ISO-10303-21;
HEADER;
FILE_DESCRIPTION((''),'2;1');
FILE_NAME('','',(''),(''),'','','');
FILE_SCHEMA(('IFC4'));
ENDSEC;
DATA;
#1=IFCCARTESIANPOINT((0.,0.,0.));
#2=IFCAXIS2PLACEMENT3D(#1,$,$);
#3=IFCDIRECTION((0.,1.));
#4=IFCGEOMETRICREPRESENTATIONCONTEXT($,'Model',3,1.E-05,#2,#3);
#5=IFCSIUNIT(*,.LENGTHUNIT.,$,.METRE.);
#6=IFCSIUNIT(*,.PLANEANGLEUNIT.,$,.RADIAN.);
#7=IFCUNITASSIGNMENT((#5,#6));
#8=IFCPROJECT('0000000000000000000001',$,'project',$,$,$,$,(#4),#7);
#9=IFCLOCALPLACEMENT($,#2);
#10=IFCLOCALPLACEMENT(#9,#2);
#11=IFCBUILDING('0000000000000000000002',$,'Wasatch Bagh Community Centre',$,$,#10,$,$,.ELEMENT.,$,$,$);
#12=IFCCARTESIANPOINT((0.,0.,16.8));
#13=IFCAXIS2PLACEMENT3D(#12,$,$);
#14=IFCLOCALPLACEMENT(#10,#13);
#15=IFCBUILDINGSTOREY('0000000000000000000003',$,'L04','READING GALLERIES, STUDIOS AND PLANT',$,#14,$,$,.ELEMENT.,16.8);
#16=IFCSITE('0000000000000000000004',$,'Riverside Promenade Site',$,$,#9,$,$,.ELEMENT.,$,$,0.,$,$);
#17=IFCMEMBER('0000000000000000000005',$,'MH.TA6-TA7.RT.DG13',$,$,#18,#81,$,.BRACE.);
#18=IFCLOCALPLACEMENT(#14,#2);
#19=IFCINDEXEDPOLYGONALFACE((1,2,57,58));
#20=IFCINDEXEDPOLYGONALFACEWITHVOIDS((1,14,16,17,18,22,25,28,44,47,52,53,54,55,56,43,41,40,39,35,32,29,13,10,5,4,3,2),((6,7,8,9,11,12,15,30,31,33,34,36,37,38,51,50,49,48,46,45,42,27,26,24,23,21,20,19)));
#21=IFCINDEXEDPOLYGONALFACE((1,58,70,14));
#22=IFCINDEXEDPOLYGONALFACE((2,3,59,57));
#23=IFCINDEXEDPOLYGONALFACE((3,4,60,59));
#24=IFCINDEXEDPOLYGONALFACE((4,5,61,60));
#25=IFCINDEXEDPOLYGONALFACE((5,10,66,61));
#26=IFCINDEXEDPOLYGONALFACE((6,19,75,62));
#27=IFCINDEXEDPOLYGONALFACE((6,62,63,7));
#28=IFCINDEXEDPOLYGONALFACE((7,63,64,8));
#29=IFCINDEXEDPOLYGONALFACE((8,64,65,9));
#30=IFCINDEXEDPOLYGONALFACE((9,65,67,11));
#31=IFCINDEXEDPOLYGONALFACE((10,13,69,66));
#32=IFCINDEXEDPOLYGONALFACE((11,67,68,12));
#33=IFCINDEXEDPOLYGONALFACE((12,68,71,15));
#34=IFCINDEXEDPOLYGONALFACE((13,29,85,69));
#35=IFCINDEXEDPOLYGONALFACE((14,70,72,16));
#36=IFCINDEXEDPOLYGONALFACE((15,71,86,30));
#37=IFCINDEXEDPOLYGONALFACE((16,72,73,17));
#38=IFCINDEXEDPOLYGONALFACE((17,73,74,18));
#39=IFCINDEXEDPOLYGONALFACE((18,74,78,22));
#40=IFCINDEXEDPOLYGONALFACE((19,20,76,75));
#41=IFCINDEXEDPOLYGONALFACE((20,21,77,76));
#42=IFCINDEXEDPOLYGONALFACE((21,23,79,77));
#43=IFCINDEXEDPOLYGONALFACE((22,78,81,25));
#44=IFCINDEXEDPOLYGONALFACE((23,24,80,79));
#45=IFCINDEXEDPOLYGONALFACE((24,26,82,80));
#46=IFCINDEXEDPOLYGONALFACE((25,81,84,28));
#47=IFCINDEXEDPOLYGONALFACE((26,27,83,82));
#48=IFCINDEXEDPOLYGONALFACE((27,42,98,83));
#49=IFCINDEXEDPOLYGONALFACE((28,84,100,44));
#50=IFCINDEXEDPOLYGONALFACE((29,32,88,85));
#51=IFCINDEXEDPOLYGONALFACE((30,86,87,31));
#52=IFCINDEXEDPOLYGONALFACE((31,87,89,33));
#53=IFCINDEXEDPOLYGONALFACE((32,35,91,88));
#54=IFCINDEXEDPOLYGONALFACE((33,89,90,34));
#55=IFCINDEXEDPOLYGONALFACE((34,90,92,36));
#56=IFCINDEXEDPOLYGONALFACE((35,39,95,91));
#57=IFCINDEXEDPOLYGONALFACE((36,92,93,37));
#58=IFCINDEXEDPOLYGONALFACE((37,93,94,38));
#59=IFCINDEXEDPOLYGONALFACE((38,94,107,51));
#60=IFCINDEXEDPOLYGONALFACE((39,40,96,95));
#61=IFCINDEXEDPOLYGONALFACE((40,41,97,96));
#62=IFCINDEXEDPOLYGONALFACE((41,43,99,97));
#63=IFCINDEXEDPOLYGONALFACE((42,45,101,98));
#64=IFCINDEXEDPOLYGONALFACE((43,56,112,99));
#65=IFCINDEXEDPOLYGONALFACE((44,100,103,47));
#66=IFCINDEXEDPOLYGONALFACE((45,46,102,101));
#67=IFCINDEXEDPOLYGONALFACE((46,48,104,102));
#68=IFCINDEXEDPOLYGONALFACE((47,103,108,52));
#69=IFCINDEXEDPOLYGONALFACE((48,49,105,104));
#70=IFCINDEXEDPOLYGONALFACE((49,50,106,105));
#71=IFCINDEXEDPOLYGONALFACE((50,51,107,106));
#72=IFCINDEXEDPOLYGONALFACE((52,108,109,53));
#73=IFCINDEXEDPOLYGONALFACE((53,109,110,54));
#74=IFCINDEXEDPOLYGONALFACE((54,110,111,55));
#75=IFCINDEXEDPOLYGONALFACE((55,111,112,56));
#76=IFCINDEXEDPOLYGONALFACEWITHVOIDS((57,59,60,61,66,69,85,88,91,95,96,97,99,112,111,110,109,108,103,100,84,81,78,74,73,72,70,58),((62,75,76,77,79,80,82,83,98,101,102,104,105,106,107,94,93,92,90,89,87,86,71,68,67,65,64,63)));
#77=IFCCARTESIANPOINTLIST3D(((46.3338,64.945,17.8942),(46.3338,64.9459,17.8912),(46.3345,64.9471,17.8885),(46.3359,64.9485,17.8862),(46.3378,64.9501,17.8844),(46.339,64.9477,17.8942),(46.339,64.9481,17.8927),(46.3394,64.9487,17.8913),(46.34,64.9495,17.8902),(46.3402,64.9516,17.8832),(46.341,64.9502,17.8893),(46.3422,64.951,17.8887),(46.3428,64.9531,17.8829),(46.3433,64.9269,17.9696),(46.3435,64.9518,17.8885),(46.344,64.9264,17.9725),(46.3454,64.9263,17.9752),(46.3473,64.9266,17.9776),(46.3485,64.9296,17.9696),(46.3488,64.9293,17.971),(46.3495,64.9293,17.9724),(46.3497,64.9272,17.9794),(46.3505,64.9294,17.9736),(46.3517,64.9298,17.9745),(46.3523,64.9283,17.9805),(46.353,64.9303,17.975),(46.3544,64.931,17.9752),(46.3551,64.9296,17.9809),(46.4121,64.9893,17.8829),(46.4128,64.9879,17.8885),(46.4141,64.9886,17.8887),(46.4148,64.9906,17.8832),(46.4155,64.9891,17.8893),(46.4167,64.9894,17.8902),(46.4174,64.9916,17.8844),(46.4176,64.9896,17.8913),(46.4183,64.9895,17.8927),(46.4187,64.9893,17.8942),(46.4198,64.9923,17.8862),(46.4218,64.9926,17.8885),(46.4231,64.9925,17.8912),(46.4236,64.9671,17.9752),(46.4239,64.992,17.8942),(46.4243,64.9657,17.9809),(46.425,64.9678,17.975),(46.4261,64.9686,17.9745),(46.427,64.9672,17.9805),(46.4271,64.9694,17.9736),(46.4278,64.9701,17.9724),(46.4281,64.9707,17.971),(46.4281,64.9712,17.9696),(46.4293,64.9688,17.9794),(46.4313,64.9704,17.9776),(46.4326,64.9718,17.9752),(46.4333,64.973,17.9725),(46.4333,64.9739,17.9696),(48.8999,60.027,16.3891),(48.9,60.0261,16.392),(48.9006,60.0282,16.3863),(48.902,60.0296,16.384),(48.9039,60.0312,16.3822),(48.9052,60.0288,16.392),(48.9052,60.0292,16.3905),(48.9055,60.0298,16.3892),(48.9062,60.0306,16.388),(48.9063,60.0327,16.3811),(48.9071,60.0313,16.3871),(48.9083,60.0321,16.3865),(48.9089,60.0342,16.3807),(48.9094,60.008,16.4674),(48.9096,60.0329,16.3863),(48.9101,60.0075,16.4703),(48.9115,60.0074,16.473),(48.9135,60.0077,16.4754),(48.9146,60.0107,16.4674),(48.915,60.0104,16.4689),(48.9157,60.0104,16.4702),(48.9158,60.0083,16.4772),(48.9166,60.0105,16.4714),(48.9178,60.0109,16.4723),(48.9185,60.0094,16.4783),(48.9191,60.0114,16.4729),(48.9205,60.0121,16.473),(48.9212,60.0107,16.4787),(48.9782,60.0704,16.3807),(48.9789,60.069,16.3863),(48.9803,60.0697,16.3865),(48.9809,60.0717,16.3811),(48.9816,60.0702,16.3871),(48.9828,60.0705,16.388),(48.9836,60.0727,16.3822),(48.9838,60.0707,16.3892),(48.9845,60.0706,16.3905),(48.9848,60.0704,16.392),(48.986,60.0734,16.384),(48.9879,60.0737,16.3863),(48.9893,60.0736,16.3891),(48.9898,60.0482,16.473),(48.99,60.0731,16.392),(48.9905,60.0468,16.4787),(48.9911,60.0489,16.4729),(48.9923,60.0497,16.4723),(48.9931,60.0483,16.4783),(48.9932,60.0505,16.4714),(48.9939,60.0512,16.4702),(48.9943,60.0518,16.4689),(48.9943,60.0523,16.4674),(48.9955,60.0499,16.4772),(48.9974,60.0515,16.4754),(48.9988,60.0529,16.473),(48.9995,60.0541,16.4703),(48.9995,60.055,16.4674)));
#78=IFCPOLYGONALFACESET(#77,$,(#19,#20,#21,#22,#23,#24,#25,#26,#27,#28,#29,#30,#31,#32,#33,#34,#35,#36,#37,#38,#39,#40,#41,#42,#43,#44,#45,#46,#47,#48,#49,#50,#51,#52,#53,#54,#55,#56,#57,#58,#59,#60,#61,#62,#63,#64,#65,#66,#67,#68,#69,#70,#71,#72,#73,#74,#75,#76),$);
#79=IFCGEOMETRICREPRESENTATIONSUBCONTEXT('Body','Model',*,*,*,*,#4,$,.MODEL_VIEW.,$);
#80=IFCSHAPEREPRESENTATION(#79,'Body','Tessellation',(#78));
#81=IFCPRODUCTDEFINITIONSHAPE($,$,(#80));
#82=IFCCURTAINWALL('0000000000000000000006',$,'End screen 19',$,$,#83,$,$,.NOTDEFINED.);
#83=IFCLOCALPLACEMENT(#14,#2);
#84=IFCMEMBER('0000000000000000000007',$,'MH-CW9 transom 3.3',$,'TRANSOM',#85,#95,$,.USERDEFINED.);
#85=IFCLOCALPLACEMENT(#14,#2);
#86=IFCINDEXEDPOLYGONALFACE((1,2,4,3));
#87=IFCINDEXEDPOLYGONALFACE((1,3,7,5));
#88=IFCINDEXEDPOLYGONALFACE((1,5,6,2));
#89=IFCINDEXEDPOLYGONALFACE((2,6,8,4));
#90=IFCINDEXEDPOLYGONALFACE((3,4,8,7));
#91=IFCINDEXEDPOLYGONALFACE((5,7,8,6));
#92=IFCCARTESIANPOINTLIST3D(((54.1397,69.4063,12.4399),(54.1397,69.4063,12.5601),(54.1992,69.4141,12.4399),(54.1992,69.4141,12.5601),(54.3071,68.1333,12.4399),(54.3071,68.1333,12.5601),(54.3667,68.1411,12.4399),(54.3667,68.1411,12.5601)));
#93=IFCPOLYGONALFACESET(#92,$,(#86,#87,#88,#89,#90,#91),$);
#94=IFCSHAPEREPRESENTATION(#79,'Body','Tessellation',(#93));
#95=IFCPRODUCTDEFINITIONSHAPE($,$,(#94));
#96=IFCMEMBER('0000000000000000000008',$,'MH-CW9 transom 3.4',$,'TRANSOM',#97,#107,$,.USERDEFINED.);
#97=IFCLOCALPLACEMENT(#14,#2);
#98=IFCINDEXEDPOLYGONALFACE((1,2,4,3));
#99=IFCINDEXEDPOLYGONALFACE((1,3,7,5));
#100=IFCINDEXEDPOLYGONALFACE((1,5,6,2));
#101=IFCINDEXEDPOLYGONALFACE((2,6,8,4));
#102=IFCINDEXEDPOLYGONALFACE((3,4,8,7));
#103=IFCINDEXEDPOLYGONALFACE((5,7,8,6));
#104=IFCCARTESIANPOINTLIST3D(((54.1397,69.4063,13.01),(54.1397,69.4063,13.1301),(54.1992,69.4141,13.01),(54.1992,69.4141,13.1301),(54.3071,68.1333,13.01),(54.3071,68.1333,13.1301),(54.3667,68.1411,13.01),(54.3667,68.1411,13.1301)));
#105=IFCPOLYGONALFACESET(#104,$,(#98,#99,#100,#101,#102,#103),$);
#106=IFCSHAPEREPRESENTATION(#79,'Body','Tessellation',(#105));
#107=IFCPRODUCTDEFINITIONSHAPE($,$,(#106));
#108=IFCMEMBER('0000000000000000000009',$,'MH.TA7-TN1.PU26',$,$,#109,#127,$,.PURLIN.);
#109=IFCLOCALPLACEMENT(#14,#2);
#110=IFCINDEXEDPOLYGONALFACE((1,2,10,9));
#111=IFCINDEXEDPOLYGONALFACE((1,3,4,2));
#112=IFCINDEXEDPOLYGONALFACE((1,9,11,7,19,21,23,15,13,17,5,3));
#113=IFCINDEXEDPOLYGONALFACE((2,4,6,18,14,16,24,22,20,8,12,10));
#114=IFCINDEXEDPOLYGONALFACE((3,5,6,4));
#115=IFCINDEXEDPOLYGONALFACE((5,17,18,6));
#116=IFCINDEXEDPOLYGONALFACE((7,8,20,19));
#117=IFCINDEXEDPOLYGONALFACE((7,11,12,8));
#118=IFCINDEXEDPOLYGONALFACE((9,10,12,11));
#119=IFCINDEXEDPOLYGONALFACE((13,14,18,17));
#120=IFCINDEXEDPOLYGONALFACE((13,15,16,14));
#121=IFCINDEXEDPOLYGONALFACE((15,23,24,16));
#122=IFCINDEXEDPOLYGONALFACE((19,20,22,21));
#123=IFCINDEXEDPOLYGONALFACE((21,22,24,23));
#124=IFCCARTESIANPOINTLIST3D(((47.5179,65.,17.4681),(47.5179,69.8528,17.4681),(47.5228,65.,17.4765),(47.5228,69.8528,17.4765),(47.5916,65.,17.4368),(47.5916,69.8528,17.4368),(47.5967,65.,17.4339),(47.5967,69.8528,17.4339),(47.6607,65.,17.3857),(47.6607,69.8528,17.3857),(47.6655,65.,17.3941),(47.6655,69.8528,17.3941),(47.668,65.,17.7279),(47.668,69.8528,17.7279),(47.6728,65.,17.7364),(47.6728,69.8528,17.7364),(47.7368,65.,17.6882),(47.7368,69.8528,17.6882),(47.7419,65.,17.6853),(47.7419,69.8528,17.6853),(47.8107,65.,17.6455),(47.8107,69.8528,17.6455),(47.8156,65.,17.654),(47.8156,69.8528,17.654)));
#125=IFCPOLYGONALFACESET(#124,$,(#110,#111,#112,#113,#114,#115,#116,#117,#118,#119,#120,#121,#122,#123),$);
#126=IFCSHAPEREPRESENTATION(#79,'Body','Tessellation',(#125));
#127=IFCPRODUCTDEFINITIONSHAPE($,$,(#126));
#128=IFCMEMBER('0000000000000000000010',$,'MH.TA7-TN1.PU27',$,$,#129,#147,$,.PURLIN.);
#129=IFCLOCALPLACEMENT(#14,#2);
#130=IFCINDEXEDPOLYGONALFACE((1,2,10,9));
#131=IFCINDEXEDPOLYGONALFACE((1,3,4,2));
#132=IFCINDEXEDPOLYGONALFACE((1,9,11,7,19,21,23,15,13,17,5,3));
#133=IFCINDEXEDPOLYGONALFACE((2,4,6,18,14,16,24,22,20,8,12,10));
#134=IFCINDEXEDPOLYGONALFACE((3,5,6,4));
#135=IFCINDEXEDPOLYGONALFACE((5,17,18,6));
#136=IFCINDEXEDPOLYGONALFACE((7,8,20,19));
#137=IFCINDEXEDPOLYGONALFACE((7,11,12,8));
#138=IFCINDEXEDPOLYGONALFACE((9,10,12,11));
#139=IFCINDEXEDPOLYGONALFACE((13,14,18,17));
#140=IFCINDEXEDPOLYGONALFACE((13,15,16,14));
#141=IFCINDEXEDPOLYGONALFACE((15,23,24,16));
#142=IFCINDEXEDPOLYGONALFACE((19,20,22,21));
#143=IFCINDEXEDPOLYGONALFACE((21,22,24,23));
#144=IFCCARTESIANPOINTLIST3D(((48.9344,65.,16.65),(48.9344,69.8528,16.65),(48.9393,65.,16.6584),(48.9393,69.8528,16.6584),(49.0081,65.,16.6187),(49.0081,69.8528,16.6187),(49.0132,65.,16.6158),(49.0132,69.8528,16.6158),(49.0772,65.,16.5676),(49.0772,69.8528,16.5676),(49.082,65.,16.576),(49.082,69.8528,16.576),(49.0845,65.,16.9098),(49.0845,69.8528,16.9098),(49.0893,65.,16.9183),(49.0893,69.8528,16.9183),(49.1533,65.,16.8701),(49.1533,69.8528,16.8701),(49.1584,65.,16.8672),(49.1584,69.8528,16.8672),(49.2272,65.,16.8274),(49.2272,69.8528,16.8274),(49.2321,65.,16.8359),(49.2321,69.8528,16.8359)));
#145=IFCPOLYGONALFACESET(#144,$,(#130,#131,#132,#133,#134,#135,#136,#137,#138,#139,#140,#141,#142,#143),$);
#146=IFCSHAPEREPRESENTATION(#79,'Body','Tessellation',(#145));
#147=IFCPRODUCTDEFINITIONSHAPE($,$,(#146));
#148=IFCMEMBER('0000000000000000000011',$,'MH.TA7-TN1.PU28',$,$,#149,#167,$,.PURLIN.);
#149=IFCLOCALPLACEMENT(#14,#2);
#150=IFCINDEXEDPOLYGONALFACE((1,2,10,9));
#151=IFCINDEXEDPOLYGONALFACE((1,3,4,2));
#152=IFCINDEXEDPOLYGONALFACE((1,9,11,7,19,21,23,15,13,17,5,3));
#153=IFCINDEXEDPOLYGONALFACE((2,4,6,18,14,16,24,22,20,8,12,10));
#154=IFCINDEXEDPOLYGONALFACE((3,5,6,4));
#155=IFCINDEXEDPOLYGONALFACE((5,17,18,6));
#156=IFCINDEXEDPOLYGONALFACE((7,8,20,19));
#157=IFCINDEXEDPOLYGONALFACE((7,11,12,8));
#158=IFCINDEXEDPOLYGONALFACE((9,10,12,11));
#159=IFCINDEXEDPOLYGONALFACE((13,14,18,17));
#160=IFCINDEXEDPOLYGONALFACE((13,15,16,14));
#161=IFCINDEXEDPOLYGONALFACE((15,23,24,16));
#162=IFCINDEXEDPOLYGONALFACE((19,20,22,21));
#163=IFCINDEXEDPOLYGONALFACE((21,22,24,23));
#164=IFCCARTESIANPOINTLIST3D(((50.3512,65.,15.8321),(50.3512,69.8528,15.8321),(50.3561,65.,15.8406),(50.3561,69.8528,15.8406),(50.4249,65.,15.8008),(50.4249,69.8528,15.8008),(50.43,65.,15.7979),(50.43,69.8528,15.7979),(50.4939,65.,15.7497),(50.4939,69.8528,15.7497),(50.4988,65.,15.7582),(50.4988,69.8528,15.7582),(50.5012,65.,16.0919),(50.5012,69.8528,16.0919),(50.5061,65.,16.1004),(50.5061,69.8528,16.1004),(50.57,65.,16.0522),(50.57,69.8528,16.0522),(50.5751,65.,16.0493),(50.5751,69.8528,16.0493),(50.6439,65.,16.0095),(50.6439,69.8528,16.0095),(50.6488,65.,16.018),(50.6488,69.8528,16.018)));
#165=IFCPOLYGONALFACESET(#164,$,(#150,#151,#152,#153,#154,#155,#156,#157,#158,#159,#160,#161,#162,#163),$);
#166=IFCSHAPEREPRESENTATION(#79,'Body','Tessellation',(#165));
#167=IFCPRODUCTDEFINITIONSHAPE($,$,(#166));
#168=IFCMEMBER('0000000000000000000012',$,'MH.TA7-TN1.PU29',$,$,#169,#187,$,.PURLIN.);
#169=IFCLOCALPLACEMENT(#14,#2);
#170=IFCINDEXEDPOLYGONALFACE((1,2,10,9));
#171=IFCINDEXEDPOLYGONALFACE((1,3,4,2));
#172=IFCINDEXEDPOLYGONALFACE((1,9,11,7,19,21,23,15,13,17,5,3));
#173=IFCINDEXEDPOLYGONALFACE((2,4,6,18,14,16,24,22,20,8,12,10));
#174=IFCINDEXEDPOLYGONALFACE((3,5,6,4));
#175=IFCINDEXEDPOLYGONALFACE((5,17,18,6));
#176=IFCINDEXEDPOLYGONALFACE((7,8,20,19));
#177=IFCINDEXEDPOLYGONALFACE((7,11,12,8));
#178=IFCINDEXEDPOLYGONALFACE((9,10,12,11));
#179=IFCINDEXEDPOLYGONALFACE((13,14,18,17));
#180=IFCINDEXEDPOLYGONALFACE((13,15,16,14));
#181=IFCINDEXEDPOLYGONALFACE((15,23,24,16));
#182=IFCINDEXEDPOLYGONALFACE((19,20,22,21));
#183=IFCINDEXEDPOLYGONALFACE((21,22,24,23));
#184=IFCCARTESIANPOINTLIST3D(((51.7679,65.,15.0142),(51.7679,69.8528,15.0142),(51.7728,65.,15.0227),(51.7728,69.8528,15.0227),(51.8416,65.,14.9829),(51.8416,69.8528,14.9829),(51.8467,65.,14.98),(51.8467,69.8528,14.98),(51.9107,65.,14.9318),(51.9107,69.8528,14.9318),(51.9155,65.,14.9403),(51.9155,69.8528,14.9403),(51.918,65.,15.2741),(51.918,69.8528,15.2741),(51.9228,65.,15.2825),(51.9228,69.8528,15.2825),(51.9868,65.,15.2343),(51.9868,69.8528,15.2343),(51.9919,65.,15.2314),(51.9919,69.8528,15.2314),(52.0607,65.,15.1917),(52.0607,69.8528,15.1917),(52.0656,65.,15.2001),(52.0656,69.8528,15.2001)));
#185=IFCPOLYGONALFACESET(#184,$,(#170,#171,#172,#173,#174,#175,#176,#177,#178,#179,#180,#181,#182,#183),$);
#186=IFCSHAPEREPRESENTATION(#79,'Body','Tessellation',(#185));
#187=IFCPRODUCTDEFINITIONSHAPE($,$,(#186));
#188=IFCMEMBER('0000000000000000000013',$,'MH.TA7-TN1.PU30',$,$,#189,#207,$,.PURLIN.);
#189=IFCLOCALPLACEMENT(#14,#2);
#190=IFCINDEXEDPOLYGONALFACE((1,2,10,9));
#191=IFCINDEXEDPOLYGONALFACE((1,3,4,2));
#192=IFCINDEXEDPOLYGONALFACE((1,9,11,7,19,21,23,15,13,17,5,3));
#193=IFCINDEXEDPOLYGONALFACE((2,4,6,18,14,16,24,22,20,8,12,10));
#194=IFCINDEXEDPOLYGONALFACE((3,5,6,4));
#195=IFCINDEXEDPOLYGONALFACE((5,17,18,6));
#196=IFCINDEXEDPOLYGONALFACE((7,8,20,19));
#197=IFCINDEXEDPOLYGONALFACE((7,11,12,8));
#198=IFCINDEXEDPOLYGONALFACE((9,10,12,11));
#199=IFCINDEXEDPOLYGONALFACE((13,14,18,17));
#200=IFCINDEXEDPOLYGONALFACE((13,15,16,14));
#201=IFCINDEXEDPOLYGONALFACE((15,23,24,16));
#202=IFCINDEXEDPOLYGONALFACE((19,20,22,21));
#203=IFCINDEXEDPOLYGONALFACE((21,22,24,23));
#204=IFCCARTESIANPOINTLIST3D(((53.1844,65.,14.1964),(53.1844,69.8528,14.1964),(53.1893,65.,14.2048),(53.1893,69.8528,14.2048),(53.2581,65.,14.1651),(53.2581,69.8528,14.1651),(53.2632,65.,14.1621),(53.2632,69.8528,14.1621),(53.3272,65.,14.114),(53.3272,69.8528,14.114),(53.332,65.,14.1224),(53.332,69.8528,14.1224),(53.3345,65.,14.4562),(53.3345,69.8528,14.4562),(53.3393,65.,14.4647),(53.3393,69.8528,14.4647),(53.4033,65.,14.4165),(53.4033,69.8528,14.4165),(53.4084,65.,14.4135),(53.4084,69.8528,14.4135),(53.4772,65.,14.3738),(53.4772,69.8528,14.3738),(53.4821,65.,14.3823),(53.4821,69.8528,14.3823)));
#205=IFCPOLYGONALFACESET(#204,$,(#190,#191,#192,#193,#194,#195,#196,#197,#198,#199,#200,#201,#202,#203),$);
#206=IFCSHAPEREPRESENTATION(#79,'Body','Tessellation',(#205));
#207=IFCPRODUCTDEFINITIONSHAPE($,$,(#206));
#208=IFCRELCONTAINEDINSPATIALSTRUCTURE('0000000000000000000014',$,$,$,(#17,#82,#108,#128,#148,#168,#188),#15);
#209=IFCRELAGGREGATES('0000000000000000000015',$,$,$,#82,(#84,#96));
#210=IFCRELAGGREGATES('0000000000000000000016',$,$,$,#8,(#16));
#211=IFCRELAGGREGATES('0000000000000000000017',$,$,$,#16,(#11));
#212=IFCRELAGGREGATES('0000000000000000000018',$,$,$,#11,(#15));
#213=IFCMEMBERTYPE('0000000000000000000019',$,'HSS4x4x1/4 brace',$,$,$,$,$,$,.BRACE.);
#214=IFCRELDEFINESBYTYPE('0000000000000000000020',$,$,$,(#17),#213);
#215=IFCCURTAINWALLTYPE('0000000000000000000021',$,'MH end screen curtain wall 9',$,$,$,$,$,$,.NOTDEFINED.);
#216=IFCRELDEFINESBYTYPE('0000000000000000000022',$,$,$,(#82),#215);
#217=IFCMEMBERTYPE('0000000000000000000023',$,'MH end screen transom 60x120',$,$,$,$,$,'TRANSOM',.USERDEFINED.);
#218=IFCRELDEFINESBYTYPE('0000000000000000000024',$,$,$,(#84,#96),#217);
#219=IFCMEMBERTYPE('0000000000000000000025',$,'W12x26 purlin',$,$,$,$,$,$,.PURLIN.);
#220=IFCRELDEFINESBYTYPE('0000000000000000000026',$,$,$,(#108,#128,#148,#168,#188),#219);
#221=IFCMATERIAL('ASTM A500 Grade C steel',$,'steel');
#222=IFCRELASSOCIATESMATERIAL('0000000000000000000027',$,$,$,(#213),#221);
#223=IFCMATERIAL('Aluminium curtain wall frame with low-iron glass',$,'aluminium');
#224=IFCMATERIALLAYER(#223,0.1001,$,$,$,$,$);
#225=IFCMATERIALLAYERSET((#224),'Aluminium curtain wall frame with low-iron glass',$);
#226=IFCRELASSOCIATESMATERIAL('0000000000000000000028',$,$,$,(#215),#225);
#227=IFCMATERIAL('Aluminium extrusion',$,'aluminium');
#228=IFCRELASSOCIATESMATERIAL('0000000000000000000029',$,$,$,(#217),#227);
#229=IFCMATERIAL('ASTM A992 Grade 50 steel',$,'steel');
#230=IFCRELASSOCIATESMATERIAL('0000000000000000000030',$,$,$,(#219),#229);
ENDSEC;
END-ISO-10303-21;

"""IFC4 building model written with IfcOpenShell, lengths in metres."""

from ifc_helpers import new_model, si_unit, direction, frame, origin, origin_2d, place, context, subcontext, project, spatial, rectangle, hollow_rectangle, i_section, extrude, material, layer, layer_set, material_profile, profile_set, type_object, element, aggregate, save


model = new_model("IFC4")

# Units and contexts
model_context = context("Model", 3, precision=1e-05, world=origin(), true_north=direction((0.0, 1.0)))
body_context = subcontext(model_context, "Body", "Model", "MODEL_VIEW")
ifc_project = project(units=[si_unit("LENGTHUNIT", "METRE"), si_unit("PLANEANGLEUNIT", "RADIAN")], contexts=[model_context])

# Site, building, storey
site_placement = place(None, origin())
site = spatial("IfcSite", under=ifc_project, at=site_placement, Name="Riverside Promenade Site", CompositionType="ELEMENT", RefElevation=0.0)
building_placement = place(site_placement, origin())
building = spatial("IfcBuilding", under=site, at=building_placement, Name="Wasatch Bagh Community Centre", CompositionType="ELEMENT")
storey_placement = place(building_placement, frame((0.0, 0.0, 16.8)))
storey = spatial("IfcBuildingStorey", under=building, at=storey_placement, Name="L04", Description="READING GALLERIES, STUDIOS AND PLANT", CompositionType="ELEMENT", Elevation=16.8)

# Member
ifc_material_1 = material(Name="ASTM A500 Grade C steel", Category="steel")
ifc_material_profile_1 = material_profile(ifc_material_1, hollow_rectangle(XDim=0.1016, YDim=0.1016, WallThickness=0.0059, InnerFilletRadius=0.0059, OuterFilletRadius=0.0117, at=origin_2d()), Name="HSS4x4x1/4")
ifc_profile_set_1 = profile_set([ifc_material_profile_1], Name="ASTM A500 Grade C steel")
member_type_1 = type_object("IfcMemberType", Name="HSS4x4x1/4 brace", PredefinedType="BRACE", material=ifc_profile_set_1)
member_1_placement = place(storey_placement, frame((48.9497, 60.0405, 16.4297), z_axis=(-0.446456, 0.855788, 0.261349), x_axis=(-0.886603, -0.462531, 0.0)))
element("IfcMember", 1, at=member_1_placement, inside=storey, type_object=member_type_1, Name="MH.TA6-TA7.RT.DG13", PredefinedType="BRACE", context=body_context, shape_type="SweptSolid", body=[
    extrude(hollow_rectangle(XDim=0.1016, YDim=0.1016, WallThickness=0.0059, InnerFilletRadius=0.0059, OuterFilletRadius=0.0117, at=origin_2d()), origin(), (0.0, 0.0, 1.0), 5.7478),
])

# Curtain wall, members
ifc_material_2 = material(Name="Aluminium curtain wall frame with low-iron glass", Category="aluminium")
ifc_layer_1 = layer(ifc_material_2, 0.1001)
ifc_layer_set_1 = layer_set([ifc_layer_1], Name="Aluminium curtain wall frame with low-iron glass")
curtain_wall_type = type_object("IfcCurtainWallType", Name="MH end screen curtain wall 9", PredefinedType="NOTDEFINED", material=ifc_layer_set_1)
curtain_wall_placement = place(storey_placement, origin())
curtain_wall = element("IfcCurtainWall", 2, at=curtain_wall_placement, inside=storey, type_object=curtain_wall_type, Name="End screen 19", PredefinedType="NOTDEFINED")
ifc_material_3 = material(Name="Aluminium extrusion", Category="aluminium")
ifc_material_profile_2 = material_profile(ifc_material_3, rectangle(XDim=0.0601, YDim=0.1201, at=origin_2d()), Name="AL 60x120")
ifc_profile_set_2 = profile_set([ifc_material_profile_2], Name="Aluminium extrusion")
member_type_2 = type_object("IfcMemberType", Name="MH end screen transom 60x120", ElementType="TRANSOM", PredefinedType="USERDEFINED", material=ifc_profile_set_2)
member_2_placement = place(storey_placement, frame((54.3369, 68.1372, 12.5), z_axis=(-0.130445, 0.991456, 0.0), x_axis=(-0.991456, -0.130445, 0.0)))
member_2 = element("IfcMember", 3, at=member_2_placement, type_object=member_type_2, Name="MH-CW9 transom 3.3", ObjectType="TRANSOM", PredefinedType="USERDEFINED", context=body_context, shape_type="SweptSolid", body=[
    extrude(rectangle(XDim=0.0601, YDim=0.1201, at=origin_2d()), origin(), (0.0, 0.0, 1.0), 1.2839),
])
member_3_placement = place(storey_placement, frame((54.3369, 68.1372, 13.0701), z_axis=(-0.130445, 0.991456, 0.0), x_axis=(-0.991456, -0.130445, 0.0)))
member_3 = element("IfcMember", 4, at=member_3_placement, type_object=member_type_2, Name="MH-CW9 transom 3.4", ObjectType="TRANSOM", PredefinedType="USERDEFINED", context=body_context, shape_type="SweptSolid", body=[
    extrude(rectangle(XDim=0.0601, YDim=0.1201, at=origin_2d()), origin(), (0.0, 0.0, 1.0), 1.2839),
])

# Members
ifc_material_4 = material(Name="ASTM A992 Grade 50 steel", Category="steel")
ifc_material_profile_3 = material_profile(ifc_material_4, i_section(OverallWidth=0.1648, OverallDepth=0.3098, WebThickness=0.0059, FlangeThickness=0.0098, at=origin_2d()), Name="W12x26")
ifc_profile_set_3 = profile_set([ifc_material_profile_3], Name="ASTM A992 Grade 50 steel")
member_type_3 = type_object("IfcMemberType", Name="W12x26 purlin", PredefinedType="PURLIN", material=ifc_profile_set_3)
for number, where, z_axis, x_axis, name in (
    (5, (47.6667, 65.0, 17.561), (0.0, 1.0, 0.0), (-0.866025, 0.0, 0.5), "MH.TA7-TN1.PU26"),
    (6, (49.0833, 65.0, 16.7429), (0.0, 1.0, 0.0), (-0.866025, 0.0, 0.5), "MH.TA7-TN1.PU27"),
    (7, (50.5, 65.0, 15.925), (0.0, 1.0, 0.0), (-0.866025, 0.0, 0.5), "MH.TA7-TN1.PU28"),
    (8, (51.9167, 65.0, 15.1072), (0.0, 1.0, 0.0), (-0.866025, 0.0, 0.5), "MH.TA7-TN1.PU29"),
    (9, (53.3333, 65.0, 14.2893), (0.0, 1.0, 0.0), (-0.866025, 0.0, 0.5), "MH.TA7-TN1.PU30"),
):
    element("IfcMember", number, at=place(storey_placement, frame(where, z_axis=z_axis, x_axis=x_axis)), inside=storey, type_object=member_type_3, Name=name, PredefinedType="PURLIN", context=body_context, shape_type="SweptSolid", body=[
        extrude(i_section(OverallWidth=0.1648, OverallDepth=0.3098, WebThickness=0.0059, FlangeThickness=0.0098, at=origin_2d()), origin(), (0.0, 0.0, 1.0), 4.8528),
    ])

aggregate(curtain_wall, [member_2, member_3])

save(model, "model.ifc")
